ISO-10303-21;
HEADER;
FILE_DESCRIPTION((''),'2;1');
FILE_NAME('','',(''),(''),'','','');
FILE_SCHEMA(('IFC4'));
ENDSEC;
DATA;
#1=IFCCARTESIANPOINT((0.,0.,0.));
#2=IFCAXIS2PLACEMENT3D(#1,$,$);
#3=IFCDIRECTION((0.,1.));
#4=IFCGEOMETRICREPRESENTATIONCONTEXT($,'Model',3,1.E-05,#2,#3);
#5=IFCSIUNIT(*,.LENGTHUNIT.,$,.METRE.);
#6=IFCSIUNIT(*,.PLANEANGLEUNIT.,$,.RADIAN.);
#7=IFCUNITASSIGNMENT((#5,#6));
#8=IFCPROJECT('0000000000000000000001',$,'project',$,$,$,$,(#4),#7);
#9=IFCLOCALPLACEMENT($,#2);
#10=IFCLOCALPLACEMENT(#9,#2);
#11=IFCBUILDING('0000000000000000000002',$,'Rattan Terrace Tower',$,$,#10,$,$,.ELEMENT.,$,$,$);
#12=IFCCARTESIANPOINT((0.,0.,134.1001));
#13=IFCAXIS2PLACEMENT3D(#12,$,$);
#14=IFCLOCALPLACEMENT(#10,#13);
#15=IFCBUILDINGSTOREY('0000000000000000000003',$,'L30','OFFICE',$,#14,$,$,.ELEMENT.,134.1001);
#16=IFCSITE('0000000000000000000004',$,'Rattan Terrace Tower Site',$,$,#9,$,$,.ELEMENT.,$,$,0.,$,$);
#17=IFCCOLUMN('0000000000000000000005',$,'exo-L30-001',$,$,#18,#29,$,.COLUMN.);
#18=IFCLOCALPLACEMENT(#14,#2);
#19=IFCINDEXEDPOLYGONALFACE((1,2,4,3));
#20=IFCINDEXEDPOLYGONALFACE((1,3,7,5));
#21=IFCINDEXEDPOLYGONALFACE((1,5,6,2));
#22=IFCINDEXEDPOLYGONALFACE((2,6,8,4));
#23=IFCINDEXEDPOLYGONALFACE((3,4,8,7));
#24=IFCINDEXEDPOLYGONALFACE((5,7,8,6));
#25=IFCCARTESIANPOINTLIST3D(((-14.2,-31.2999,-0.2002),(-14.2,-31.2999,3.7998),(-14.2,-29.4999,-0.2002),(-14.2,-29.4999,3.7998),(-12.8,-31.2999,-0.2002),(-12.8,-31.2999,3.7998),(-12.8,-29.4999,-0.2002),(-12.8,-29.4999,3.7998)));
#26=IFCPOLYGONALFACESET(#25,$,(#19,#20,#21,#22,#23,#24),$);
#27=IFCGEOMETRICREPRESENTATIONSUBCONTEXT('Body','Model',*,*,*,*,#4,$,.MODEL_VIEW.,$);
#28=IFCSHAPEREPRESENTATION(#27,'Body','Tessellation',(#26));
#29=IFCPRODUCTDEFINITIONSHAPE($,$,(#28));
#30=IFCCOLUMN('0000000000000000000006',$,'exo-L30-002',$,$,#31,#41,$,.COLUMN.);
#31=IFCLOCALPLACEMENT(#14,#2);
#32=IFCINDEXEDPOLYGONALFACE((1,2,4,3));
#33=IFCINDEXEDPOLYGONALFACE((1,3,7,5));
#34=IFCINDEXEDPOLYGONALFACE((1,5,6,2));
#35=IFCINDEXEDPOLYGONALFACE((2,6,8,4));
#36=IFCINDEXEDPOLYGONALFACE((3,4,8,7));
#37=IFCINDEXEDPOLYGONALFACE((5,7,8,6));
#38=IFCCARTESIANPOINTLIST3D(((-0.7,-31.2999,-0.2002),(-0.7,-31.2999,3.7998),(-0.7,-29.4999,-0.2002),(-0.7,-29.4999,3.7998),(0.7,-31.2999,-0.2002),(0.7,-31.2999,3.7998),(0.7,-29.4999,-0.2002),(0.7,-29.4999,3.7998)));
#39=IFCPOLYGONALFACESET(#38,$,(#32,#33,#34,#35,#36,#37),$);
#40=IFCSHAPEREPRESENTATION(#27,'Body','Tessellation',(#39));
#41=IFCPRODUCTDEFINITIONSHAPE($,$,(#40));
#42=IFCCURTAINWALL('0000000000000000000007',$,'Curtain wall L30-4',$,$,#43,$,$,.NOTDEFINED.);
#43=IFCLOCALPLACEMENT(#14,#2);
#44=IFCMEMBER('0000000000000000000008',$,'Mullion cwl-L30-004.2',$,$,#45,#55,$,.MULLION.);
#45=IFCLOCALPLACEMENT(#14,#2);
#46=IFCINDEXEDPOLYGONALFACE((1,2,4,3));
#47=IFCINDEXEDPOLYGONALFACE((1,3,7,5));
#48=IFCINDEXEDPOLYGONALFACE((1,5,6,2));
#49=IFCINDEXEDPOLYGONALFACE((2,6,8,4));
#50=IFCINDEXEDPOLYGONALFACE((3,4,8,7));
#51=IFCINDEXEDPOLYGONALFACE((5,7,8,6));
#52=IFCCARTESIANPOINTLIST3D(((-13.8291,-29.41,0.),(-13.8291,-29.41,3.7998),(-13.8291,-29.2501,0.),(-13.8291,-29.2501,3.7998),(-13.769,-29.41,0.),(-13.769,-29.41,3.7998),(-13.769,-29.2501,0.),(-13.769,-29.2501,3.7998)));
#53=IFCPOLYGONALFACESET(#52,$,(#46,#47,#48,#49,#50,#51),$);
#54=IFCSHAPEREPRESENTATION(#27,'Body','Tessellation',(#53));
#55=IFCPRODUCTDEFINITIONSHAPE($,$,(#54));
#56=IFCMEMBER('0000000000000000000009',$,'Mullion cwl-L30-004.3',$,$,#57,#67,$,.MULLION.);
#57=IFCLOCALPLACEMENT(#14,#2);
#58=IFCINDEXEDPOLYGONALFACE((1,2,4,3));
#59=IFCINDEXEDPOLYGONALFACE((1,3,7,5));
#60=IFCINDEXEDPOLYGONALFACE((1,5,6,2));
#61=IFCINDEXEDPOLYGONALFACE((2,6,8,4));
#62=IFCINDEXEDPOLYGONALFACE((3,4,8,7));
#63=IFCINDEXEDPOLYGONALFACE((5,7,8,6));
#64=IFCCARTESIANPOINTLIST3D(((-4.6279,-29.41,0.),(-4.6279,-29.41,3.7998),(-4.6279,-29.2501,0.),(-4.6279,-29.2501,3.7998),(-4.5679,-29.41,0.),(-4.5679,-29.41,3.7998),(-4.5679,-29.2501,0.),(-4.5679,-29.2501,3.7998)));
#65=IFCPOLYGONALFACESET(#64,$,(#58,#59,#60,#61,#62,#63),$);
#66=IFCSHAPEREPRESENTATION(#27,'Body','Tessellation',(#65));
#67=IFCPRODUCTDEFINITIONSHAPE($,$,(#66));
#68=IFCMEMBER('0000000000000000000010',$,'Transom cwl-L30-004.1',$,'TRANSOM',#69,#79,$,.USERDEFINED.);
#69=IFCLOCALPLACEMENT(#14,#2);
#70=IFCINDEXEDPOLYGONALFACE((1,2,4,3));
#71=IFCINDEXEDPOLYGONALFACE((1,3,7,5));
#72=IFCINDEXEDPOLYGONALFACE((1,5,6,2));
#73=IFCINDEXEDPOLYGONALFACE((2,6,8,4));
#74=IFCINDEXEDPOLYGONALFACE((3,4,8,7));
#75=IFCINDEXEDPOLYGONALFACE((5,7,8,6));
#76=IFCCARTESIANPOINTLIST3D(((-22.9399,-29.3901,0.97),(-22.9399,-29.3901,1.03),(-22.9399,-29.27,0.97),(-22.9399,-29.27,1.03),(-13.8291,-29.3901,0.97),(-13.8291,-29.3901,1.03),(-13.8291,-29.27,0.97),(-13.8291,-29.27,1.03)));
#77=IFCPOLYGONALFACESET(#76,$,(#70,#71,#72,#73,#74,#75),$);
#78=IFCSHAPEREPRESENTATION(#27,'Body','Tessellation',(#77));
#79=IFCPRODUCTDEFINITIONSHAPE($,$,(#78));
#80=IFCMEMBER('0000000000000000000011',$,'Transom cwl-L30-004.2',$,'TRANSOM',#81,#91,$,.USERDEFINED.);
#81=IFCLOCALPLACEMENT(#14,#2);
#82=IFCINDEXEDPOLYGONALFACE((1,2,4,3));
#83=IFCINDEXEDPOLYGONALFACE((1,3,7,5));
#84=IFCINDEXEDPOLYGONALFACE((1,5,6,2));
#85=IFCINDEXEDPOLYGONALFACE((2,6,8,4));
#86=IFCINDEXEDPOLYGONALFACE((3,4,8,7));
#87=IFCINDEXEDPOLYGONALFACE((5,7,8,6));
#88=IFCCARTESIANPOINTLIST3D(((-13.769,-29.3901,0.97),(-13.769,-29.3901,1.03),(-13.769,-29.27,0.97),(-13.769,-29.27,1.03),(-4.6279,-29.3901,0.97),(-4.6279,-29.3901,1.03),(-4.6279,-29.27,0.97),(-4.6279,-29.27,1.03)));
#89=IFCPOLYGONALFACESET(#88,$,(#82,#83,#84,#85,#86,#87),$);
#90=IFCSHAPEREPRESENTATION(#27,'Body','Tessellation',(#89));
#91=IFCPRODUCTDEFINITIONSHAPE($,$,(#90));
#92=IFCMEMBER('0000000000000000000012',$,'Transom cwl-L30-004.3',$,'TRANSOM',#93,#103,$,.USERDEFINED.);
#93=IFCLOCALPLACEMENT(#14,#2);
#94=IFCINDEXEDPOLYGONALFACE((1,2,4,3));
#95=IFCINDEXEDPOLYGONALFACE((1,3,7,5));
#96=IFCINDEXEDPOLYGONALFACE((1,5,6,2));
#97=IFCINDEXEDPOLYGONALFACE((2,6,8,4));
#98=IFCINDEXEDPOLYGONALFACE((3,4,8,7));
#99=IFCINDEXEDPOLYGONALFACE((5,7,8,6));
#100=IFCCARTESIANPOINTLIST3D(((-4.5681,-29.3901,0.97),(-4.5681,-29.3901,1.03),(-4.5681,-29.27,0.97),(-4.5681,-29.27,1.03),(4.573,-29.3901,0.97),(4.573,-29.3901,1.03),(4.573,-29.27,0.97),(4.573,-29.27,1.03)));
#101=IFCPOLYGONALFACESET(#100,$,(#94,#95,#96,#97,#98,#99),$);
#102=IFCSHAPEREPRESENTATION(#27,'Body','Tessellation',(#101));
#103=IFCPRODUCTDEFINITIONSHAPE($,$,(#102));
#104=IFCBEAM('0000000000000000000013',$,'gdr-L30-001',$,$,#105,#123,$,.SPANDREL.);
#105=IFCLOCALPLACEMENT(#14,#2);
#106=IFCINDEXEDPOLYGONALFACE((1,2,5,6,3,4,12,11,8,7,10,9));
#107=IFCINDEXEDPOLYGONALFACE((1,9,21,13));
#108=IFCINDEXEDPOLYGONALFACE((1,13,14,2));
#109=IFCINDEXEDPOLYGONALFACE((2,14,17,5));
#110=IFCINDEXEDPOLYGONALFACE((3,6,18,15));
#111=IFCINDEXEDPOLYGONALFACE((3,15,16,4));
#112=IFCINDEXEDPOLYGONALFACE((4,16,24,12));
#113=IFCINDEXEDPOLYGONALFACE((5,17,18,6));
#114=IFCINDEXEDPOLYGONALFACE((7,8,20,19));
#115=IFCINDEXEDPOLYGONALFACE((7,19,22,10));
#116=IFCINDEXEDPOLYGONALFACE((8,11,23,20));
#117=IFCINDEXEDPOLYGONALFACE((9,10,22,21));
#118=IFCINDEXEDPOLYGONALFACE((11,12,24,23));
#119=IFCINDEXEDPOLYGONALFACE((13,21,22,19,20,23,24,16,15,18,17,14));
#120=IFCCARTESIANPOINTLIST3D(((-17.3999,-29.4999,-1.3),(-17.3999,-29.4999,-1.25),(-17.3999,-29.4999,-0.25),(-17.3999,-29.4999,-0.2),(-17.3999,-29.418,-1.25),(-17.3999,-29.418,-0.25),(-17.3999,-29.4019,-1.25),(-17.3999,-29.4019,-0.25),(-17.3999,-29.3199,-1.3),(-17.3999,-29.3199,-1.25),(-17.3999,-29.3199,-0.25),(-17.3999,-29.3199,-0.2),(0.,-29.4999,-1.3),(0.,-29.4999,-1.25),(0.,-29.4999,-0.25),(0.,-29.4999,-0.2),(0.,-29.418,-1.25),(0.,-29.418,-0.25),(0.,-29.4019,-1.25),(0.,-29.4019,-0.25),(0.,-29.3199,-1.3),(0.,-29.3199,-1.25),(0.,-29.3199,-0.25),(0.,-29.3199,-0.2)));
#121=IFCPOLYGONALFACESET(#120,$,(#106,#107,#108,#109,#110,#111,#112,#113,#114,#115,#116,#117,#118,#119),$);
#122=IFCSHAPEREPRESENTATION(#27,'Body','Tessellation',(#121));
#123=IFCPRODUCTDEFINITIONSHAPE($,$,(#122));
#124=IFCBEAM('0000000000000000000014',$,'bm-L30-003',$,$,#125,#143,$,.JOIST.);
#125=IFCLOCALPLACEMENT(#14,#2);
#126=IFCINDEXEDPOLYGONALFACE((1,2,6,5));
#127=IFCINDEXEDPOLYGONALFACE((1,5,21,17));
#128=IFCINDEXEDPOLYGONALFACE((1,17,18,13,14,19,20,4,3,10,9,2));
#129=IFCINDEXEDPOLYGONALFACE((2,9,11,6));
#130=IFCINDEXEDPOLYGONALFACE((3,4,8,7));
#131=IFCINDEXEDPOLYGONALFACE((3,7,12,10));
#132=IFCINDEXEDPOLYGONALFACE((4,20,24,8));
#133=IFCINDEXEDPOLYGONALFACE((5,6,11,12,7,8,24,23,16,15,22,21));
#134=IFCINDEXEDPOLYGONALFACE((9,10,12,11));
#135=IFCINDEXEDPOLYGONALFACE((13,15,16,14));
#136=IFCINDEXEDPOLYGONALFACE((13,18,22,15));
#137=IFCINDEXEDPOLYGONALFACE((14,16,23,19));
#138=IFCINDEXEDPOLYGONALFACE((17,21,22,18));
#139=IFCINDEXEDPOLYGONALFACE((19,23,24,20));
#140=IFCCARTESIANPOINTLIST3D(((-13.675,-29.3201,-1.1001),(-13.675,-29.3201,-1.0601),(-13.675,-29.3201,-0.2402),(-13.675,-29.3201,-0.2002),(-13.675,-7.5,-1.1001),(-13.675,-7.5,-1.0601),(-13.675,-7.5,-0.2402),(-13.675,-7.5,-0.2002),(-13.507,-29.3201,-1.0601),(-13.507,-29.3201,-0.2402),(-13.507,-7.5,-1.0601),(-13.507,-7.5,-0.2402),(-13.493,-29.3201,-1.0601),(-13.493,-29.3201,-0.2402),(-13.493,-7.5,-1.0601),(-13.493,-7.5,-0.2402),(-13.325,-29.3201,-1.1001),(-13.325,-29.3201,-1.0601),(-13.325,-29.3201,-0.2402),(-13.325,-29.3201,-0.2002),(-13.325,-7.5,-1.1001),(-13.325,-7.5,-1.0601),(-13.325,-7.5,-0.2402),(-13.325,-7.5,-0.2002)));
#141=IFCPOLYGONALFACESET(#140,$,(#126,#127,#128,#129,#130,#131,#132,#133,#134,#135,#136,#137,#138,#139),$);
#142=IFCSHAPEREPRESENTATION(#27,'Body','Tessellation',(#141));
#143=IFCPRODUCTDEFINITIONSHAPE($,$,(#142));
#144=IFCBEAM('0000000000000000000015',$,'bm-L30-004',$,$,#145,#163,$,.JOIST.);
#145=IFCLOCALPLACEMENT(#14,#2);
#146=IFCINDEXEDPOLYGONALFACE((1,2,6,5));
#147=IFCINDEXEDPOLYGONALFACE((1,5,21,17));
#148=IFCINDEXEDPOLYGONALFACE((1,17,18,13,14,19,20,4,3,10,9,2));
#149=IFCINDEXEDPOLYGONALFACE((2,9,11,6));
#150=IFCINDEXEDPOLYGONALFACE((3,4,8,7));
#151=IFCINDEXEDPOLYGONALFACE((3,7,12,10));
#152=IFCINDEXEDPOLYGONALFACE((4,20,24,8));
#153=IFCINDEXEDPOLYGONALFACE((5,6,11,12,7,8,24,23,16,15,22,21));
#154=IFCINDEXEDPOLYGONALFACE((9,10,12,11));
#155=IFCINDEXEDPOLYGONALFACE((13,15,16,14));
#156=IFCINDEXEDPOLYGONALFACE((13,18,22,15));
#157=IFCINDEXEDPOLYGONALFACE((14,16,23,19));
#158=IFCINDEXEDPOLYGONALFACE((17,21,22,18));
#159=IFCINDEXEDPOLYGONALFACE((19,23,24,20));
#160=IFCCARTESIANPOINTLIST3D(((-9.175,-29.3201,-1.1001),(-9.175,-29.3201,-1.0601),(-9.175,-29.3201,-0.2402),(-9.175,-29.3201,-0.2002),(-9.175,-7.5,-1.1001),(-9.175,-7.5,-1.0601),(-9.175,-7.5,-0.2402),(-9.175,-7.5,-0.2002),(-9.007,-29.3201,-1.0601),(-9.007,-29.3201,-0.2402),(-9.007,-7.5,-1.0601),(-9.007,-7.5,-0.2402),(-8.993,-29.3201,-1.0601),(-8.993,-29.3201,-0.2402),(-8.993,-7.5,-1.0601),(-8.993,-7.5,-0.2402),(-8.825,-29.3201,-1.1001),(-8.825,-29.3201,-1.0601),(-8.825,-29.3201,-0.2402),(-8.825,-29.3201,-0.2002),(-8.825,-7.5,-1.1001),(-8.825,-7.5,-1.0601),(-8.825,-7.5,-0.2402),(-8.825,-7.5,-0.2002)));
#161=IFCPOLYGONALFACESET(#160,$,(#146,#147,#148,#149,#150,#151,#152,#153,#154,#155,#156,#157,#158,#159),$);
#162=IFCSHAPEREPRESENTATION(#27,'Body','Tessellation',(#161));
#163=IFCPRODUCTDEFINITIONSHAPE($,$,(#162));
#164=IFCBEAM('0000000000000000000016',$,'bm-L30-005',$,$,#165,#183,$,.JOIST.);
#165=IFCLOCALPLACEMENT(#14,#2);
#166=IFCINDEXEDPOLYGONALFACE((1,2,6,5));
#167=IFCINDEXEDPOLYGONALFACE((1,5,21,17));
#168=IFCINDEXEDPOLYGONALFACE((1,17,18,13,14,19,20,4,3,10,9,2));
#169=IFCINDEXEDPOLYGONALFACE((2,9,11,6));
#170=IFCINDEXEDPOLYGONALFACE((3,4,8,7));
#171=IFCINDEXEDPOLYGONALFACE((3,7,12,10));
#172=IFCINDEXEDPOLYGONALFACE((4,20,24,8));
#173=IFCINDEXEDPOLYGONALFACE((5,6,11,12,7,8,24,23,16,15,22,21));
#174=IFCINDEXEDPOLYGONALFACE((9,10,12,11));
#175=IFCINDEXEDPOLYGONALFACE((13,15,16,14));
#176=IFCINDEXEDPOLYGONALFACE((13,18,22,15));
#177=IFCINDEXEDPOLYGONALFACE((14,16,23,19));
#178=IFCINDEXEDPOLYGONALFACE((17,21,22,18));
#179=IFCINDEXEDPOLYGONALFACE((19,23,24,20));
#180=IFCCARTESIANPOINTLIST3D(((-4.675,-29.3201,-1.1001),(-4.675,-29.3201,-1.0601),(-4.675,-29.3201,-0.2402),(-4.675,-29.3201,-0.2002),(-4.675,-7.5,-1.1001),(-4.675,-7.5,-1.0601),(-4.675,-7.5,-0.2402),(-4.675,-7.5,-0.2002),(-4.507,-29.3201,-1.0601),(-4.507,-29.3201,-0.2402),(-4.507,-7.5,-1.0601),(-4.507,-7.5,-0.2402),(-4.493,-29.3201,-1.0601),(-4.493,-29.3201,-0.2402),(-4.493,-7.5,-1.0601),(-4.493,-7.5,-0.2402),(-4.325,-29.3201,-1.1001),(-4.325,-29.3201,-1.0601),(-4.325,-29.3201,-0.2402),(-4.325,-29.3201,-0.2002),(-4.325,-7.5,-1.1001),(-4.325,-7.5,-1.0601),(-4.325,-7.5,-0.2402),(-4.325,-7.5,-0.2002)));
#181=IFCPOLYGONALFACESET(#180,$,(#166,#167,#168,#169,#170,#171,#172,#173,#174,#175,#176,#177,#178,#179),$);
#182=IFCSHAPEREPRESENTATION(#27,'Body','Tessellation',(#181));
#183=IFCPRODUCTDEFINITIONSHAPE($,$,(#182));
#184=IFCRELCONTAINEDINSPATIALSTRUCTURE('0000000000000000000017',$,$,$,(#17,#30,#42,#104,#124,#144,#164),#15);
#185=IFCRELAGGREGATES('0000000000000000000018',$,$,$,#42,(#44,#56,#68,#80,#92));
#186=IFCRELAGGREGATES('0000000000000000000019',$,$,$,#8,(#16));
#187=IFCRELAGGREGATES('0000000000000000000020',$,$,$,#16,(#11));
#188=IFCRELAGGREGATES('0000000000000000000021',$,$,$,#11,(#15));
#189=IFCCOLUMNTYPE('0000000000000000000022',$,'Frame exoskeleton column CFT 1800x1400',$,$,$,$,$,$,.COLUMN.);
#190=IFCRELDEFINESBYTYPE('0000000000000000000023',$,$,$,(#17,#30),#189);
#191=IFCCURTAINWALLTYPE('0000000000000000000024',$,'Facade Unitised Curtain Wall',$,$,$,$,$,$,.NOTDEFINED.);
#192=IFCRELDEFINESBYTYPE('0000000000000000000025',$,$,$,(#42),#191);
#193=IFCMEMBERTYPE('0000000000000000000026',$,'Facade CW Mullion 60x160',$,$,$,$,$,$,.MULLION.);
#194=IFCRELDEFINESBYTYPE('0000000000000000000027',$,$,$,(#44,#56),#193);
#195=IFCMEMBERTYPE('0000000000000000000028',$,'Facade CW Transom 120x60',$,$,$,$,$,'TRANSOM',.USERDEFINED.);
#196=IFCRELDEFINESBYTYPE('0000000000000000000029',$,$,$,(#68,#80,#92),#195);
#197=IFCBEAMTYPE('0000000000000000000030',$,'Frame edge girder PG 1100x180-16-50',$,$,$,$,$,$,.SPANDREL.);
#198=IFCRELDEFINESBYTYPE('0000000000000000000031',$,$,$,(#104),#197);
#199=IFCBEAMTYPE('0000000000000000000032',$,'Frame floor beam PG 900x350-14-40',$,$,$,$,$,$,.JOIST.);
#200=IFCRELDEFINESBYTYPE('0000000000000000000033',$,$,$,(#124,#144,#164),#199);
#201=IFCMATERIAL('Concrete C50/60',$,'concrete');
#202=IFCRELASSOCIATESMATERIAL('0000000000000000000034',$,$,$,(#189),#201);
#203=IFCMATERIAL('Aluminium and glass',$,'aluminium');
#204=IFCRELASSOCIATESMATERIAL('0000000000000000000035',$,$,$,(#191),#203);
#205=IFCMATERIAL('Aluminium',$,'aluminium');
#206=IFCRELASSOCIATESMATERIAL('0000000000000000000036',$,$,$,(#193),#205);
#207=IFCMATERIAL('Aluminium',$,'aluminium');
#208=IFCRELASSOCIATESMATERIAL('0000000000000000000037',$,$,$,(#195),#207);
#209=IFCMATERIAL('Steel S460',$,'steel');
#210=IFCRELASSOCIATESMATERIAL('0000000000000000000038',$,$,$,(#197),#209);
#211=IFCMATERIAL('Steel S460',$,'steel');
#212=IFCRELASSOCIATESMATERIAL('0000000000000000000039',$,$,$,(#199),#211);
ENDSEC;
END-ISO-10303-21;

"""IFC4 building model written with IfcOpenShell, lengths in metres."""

from ifc_helpers import new_model, si_unit, direction, frame, origin, origin_2d, place, context, subcontext, project, spatial, rectangle, i_section, extrude, material, material_profile, profile_set, type_object, element, aggregate, save


model = new_model("IFC4")

# Units and contexts
model_context = context("Model", 3, precision=1e-05, world=origin(), true_north=direction((0.0, 1.0)))
body_context = subcontext(model_context, "Body", "Model", "MODEL_VIEW")
ifc_project = project(units=[si_unit("LENGTHUNIT", "METRE"), si_unit("PLANEANGLEUNIT", "RADIAN")], contexts=[model_context])

# Site, building, storey
site_placement = place(None, origin())
site = spatial("IfcSite", under=ifc_project, at=site_placement, Name="Rattan Terrace Tower Site", CompositionType="ELEMENT", RefElevation=0.0)
building_placement = place(site_placement, origin())
building = spatial("IfcBuilding", under=site, at=building_placement, Name="Rattan Terrace Tower", CompositionType="ELEMENT")
storey_placement = place(building_placement, frame((0.0, 0.0, 134.1001)))
storey = spatial("IfcBuildingStorey", under=building, at=storey_placement, Name="L30", Description="OFFICE", CompositionType="ELEMENT", Elevation=134.1001)

# Columns
ifc_material_1 = material(Name="Concrete C50/60", Category="concrete")
ifc_material_profile_1 = material_profile(ifc_material_1, rectangle(XDim=1.3999, YDim=1.8, at=origin_2d()), Name="CFT 1800x1400")
ifc_profile_set_1 = profile_set([ifc_material_profile_1], Name="Concrete C50/60")
column_type = type_object("IfcColumnType", Name="Frame exoskeleton column CFT 1800x1400", PredefinedType="COLUMN", material=ifc_profile_set_1)
for number, where, z_axis, x_axis, name in (
    (1, (-13.5, -30.3999, -0.2002), (0.0, 0.0, 1.0), (1.0, 0.0, 0.0), "exo-L30-001"),
    (2, (0.0, -30.3999, -0.2002), (0.0, 0.0, 1.0), (1.0, 0.0, 0.0), "exo-L30-002"),
):
    element("IfcColumn", number, at=place(storey_placement, frame(where, z_axis=z_axis, x_axis=x_axis)), inside=storey, type_object=column_type, Name=name, PredefinedType="COLUMN", context=body_context, shape_type="SweptSolid", body=[
        extrude(rectangle(XDim=1.3999, YDim=1.8, at=origin_2d()), origin(), (0.0, 0.0, 1.0), 4.0),
    ])

# Curtain wall, members
ifc_material_2 = material(Name="Aluminium and glass", Category="aluminium")
curtain_wall_type = type_object("IfcCurtainWallType", Name="Facade Unitised Curtain Wall", PredefinedType="NOTDEFINED", material=ifc_material_2)
curtain_wall_placement = place(storey_placement, origin())
curtain_wall = element("IfcCurtainWall", 3, at=curtain_wall_placement, inside=storey, type_object=curtain_wall_type, Name="Curtain wall L30-4", PredefinedType="NOTDEFINED")
ifc_material_3 = material(Name="Aluminium", Category="aluminium")
ifc_material_profile_2 = material_profile(ifc_material_3, rectangle(XDim=0.0601, YDim=0.1599, at=origin_2d()), Name="Aluminium 60x160")
ifc_profile_set_2 = profile_set([ifc_material_profile_2], Name="Aluminium")
member_type_1 = type_object("IfcMemberType", Name="Facade CW Mullion 60x160", PredefinedType="MULLION", material=ifc_profile_set_2)
member_1_placement = place(storey_placement, frame((-13.7991, -29.3301, 0.0), z_axis=(0.0, 0.0, 1.0), x_axis=(1.0, 0.0, 0.0)))
member_1 = element("IfcMember", 4, at=member_1_placement, type_object=member_type_1, Name="Mullion cwl-L30-004.2", PredefinedType="MULLION", context=body_context, shape_type="SweptSolid", body=[
    extrude(rectangle(XDim=0.0601, YDim=0.1599, at=origin_2d()), origin(), (0.0, 0.0, 1.0), 3.7998),
])
member_2_placement = place(storey_placement, frame((-4.5979, -29.3301, 0.0), z_axis=(0.0, 0.0, 1.0), x_axis=(1.0, 0.0, 0.0)))
member_2 = element("IfcMember", 5, at=member_2_placement, type_object=member_type_1, Name="Mullion cwl-L30-004.3", PredefinedType="MULLION", context=body_context, shape_type="SweptSolid", body=[
    extrude(rectangle(XDim=0.0601, YDim=0.1599, at=origin_2d()), origin(), (0.0, 0.0, 1.0), 3.7998),
])
ifc_material_4 = material(Name="Aluminium", Category="aluminium")
ifc_material_profile_3 = material_profile(ifc_material_4, rectangle(XDim=0.1201, YDim=0.0601, at=origin_2d()), Name="Aluminium 120x60")
ifc_profile_set_3 = profile_set([ifc_material_profile_3], Name="Aluminium")
member_type_2 = type_object("IfcMemberType", Name="Facade CW Transom 120x60", ElementType="TRANSOM", PredefinedType="USERDEFINED", material=ifc_profile_set_3)
member_3_placement = place(storey_placement, frame((-22.9399, -29.3301, 1.0), z_axis=(1.0, 0.0, 0.0), x_axis=(0.0, 1.0, 0.0)))
member_3 = element("IfcMember", 6, at=member_3_placement, type_object=member_type_2, Name="Transom cwl-L30-004.1", ObjectType="TRANSOM", PredefinedType="USERDEFINED", context=body_context, shape_type="SweptSolid", body=[
    extrude(rectangle(XDim=0.1201, YDim=0.0601, at=origin_2d()), origin(), (0.0, 0.0, 1.0), 9.1108),
])
member_4_placement = place(storey_placement, frame((-13.769, -29.3301, 1.0), z_axis=(1.0, 0.0, 0.0), x_axis=(0.0, 1.0, 0.0)))
member_4 = element("IfcMember", 7, at=member_4_placement, type_object=member_type_2, Name="Transom cwl-L30-004.2", ObjectType="TRANSOM", PredefinedType="USERDEFINED", context=body_context, shape_type="SweptSolid", body=[
    extrude(rectangle(XDim=0.1201, YDim=0.0601, at=origin_2d()), origin(), (0.0, 0.0, 1.0), 9.1411),
])
member_5_placement = place(storey_placement, frame((-4.5681, -29.3301, 1.0), z_axis=(1.0, 0.0, 0.0), x_axis=(0.0, 1.0, 0.0)))
member_5 = element("IfcMember", 8, at=member_5_placement, type_object=member_type_2, Name="Transom cwl-L30-004.3", ObjectType="TRANSOM", PredefinedType="USERDEFINED", context=body_context, shape_type="SweptSolid", body=[
    extrude(rectangle(XDim=0.1201, YDim=0.0601, at=origin_2d()), origin(), (0.0, 0.0, 1.0), 9.1411),
])

# Beams
ifc_material_5 = material(Name="Steel S460", Category="steel")
ifc_material_profile_4 = material_profile(ifc_material_5, i_section(OverallWidth=0.1799, OverallDepth=1.1001, WebThickness=0.0161, FlangeThickness=0.05, at=origin_2d()), Name="PG 1100x180-16-50")
ifc_profile_set_4 = profile_set([ifc_material_profile_4], Name="Steel S460")
beam_type_1 = type_object("IfcBeamType", Name="Frame edge girder PG 1100x180-16-50", PredefinedType="SPANDREL", material=ifc_profile_set_4)
beam_placement = place(storey_placement, frame((-17.3999, -29.4099, -0.75), z_axis=(1.0, 0.0, 0.0), x_axis=(0.0, 1.0, 0.0)))
element("IfcBeam", 9, at=beam_placement, inside=storey, type_object=beam_type_1, Name="gdr-L30-001", PredefinedType="SPANDREL", context=body_context, shape_type="SweptSolid", body=[
    extrude(i_section(OverallWidth=0.1799, OverallDepth=1.1001, WebThickness=0.0161, FlangeThickness=0.05, at=origin_2d()), origin(), (0.0, 0.0, 1.0), 17.3999),
])
ifc_material_6 = material(Name="Steel S460", Category="steel")
ifc_material_profile_5 = material_profile(ifc_material_6, i_section(OverallWidth=0.3501, OverallDepth=0.8999, WebThickness=0.0139, FlangeThickness=0.04, at=origin_2d()), Name="PG 900x350-14-40")
ifc_profile_set_5 = profile_set([ifc_material_profile_5], Name="Steel S460")
beam_type_2 = type_object("IfcBeamType", Name="Frame floor beam PG 900x350-14-40", PredefinedType="JOIST", material=ifc_profile_set_5)
for number, where, z_axis, x_axis, name in (
    (10, (-13.5, -29.3201, -0.6501), (0.0, 1.0, 0.0), (-1.0, 0.0, 0.0), "bm-L30-003"),
    (11, (-9.0, -29.3201, -0.6501), (0.0, 1.0, 0.0), (-1.0, 0.0, 0.0), "bm-L30-004"),
    (12, (-4.5, -29.3201, -0.6501), (0.0, 1.0, 0.0), (-1.0, 0.0, 0.0), "bm-L30-005"),
):
    element("IfcBeam", number, at=place(storey_placement, frame(where, z_axis=z_axis, x_axis=x_axis)), inside=storey, type_object=beam_type_2, Name=name, PredefinedType="JOIST", context=body_context, shape_type="SweptSolid", body=[
        extrude(i_section(OverallWidth=0.3501, OverallDepth=0.8999, WebThickness=0.0139, FlangeThickness=0.04, at=origin_2d()), origin(), (0.0, 0.0, 1.0), 21.8201),
    ])

aggregate(curtain_wall, [member_1, member_2, member_3, member_4, member_5])

save(model, "model.ifc")
